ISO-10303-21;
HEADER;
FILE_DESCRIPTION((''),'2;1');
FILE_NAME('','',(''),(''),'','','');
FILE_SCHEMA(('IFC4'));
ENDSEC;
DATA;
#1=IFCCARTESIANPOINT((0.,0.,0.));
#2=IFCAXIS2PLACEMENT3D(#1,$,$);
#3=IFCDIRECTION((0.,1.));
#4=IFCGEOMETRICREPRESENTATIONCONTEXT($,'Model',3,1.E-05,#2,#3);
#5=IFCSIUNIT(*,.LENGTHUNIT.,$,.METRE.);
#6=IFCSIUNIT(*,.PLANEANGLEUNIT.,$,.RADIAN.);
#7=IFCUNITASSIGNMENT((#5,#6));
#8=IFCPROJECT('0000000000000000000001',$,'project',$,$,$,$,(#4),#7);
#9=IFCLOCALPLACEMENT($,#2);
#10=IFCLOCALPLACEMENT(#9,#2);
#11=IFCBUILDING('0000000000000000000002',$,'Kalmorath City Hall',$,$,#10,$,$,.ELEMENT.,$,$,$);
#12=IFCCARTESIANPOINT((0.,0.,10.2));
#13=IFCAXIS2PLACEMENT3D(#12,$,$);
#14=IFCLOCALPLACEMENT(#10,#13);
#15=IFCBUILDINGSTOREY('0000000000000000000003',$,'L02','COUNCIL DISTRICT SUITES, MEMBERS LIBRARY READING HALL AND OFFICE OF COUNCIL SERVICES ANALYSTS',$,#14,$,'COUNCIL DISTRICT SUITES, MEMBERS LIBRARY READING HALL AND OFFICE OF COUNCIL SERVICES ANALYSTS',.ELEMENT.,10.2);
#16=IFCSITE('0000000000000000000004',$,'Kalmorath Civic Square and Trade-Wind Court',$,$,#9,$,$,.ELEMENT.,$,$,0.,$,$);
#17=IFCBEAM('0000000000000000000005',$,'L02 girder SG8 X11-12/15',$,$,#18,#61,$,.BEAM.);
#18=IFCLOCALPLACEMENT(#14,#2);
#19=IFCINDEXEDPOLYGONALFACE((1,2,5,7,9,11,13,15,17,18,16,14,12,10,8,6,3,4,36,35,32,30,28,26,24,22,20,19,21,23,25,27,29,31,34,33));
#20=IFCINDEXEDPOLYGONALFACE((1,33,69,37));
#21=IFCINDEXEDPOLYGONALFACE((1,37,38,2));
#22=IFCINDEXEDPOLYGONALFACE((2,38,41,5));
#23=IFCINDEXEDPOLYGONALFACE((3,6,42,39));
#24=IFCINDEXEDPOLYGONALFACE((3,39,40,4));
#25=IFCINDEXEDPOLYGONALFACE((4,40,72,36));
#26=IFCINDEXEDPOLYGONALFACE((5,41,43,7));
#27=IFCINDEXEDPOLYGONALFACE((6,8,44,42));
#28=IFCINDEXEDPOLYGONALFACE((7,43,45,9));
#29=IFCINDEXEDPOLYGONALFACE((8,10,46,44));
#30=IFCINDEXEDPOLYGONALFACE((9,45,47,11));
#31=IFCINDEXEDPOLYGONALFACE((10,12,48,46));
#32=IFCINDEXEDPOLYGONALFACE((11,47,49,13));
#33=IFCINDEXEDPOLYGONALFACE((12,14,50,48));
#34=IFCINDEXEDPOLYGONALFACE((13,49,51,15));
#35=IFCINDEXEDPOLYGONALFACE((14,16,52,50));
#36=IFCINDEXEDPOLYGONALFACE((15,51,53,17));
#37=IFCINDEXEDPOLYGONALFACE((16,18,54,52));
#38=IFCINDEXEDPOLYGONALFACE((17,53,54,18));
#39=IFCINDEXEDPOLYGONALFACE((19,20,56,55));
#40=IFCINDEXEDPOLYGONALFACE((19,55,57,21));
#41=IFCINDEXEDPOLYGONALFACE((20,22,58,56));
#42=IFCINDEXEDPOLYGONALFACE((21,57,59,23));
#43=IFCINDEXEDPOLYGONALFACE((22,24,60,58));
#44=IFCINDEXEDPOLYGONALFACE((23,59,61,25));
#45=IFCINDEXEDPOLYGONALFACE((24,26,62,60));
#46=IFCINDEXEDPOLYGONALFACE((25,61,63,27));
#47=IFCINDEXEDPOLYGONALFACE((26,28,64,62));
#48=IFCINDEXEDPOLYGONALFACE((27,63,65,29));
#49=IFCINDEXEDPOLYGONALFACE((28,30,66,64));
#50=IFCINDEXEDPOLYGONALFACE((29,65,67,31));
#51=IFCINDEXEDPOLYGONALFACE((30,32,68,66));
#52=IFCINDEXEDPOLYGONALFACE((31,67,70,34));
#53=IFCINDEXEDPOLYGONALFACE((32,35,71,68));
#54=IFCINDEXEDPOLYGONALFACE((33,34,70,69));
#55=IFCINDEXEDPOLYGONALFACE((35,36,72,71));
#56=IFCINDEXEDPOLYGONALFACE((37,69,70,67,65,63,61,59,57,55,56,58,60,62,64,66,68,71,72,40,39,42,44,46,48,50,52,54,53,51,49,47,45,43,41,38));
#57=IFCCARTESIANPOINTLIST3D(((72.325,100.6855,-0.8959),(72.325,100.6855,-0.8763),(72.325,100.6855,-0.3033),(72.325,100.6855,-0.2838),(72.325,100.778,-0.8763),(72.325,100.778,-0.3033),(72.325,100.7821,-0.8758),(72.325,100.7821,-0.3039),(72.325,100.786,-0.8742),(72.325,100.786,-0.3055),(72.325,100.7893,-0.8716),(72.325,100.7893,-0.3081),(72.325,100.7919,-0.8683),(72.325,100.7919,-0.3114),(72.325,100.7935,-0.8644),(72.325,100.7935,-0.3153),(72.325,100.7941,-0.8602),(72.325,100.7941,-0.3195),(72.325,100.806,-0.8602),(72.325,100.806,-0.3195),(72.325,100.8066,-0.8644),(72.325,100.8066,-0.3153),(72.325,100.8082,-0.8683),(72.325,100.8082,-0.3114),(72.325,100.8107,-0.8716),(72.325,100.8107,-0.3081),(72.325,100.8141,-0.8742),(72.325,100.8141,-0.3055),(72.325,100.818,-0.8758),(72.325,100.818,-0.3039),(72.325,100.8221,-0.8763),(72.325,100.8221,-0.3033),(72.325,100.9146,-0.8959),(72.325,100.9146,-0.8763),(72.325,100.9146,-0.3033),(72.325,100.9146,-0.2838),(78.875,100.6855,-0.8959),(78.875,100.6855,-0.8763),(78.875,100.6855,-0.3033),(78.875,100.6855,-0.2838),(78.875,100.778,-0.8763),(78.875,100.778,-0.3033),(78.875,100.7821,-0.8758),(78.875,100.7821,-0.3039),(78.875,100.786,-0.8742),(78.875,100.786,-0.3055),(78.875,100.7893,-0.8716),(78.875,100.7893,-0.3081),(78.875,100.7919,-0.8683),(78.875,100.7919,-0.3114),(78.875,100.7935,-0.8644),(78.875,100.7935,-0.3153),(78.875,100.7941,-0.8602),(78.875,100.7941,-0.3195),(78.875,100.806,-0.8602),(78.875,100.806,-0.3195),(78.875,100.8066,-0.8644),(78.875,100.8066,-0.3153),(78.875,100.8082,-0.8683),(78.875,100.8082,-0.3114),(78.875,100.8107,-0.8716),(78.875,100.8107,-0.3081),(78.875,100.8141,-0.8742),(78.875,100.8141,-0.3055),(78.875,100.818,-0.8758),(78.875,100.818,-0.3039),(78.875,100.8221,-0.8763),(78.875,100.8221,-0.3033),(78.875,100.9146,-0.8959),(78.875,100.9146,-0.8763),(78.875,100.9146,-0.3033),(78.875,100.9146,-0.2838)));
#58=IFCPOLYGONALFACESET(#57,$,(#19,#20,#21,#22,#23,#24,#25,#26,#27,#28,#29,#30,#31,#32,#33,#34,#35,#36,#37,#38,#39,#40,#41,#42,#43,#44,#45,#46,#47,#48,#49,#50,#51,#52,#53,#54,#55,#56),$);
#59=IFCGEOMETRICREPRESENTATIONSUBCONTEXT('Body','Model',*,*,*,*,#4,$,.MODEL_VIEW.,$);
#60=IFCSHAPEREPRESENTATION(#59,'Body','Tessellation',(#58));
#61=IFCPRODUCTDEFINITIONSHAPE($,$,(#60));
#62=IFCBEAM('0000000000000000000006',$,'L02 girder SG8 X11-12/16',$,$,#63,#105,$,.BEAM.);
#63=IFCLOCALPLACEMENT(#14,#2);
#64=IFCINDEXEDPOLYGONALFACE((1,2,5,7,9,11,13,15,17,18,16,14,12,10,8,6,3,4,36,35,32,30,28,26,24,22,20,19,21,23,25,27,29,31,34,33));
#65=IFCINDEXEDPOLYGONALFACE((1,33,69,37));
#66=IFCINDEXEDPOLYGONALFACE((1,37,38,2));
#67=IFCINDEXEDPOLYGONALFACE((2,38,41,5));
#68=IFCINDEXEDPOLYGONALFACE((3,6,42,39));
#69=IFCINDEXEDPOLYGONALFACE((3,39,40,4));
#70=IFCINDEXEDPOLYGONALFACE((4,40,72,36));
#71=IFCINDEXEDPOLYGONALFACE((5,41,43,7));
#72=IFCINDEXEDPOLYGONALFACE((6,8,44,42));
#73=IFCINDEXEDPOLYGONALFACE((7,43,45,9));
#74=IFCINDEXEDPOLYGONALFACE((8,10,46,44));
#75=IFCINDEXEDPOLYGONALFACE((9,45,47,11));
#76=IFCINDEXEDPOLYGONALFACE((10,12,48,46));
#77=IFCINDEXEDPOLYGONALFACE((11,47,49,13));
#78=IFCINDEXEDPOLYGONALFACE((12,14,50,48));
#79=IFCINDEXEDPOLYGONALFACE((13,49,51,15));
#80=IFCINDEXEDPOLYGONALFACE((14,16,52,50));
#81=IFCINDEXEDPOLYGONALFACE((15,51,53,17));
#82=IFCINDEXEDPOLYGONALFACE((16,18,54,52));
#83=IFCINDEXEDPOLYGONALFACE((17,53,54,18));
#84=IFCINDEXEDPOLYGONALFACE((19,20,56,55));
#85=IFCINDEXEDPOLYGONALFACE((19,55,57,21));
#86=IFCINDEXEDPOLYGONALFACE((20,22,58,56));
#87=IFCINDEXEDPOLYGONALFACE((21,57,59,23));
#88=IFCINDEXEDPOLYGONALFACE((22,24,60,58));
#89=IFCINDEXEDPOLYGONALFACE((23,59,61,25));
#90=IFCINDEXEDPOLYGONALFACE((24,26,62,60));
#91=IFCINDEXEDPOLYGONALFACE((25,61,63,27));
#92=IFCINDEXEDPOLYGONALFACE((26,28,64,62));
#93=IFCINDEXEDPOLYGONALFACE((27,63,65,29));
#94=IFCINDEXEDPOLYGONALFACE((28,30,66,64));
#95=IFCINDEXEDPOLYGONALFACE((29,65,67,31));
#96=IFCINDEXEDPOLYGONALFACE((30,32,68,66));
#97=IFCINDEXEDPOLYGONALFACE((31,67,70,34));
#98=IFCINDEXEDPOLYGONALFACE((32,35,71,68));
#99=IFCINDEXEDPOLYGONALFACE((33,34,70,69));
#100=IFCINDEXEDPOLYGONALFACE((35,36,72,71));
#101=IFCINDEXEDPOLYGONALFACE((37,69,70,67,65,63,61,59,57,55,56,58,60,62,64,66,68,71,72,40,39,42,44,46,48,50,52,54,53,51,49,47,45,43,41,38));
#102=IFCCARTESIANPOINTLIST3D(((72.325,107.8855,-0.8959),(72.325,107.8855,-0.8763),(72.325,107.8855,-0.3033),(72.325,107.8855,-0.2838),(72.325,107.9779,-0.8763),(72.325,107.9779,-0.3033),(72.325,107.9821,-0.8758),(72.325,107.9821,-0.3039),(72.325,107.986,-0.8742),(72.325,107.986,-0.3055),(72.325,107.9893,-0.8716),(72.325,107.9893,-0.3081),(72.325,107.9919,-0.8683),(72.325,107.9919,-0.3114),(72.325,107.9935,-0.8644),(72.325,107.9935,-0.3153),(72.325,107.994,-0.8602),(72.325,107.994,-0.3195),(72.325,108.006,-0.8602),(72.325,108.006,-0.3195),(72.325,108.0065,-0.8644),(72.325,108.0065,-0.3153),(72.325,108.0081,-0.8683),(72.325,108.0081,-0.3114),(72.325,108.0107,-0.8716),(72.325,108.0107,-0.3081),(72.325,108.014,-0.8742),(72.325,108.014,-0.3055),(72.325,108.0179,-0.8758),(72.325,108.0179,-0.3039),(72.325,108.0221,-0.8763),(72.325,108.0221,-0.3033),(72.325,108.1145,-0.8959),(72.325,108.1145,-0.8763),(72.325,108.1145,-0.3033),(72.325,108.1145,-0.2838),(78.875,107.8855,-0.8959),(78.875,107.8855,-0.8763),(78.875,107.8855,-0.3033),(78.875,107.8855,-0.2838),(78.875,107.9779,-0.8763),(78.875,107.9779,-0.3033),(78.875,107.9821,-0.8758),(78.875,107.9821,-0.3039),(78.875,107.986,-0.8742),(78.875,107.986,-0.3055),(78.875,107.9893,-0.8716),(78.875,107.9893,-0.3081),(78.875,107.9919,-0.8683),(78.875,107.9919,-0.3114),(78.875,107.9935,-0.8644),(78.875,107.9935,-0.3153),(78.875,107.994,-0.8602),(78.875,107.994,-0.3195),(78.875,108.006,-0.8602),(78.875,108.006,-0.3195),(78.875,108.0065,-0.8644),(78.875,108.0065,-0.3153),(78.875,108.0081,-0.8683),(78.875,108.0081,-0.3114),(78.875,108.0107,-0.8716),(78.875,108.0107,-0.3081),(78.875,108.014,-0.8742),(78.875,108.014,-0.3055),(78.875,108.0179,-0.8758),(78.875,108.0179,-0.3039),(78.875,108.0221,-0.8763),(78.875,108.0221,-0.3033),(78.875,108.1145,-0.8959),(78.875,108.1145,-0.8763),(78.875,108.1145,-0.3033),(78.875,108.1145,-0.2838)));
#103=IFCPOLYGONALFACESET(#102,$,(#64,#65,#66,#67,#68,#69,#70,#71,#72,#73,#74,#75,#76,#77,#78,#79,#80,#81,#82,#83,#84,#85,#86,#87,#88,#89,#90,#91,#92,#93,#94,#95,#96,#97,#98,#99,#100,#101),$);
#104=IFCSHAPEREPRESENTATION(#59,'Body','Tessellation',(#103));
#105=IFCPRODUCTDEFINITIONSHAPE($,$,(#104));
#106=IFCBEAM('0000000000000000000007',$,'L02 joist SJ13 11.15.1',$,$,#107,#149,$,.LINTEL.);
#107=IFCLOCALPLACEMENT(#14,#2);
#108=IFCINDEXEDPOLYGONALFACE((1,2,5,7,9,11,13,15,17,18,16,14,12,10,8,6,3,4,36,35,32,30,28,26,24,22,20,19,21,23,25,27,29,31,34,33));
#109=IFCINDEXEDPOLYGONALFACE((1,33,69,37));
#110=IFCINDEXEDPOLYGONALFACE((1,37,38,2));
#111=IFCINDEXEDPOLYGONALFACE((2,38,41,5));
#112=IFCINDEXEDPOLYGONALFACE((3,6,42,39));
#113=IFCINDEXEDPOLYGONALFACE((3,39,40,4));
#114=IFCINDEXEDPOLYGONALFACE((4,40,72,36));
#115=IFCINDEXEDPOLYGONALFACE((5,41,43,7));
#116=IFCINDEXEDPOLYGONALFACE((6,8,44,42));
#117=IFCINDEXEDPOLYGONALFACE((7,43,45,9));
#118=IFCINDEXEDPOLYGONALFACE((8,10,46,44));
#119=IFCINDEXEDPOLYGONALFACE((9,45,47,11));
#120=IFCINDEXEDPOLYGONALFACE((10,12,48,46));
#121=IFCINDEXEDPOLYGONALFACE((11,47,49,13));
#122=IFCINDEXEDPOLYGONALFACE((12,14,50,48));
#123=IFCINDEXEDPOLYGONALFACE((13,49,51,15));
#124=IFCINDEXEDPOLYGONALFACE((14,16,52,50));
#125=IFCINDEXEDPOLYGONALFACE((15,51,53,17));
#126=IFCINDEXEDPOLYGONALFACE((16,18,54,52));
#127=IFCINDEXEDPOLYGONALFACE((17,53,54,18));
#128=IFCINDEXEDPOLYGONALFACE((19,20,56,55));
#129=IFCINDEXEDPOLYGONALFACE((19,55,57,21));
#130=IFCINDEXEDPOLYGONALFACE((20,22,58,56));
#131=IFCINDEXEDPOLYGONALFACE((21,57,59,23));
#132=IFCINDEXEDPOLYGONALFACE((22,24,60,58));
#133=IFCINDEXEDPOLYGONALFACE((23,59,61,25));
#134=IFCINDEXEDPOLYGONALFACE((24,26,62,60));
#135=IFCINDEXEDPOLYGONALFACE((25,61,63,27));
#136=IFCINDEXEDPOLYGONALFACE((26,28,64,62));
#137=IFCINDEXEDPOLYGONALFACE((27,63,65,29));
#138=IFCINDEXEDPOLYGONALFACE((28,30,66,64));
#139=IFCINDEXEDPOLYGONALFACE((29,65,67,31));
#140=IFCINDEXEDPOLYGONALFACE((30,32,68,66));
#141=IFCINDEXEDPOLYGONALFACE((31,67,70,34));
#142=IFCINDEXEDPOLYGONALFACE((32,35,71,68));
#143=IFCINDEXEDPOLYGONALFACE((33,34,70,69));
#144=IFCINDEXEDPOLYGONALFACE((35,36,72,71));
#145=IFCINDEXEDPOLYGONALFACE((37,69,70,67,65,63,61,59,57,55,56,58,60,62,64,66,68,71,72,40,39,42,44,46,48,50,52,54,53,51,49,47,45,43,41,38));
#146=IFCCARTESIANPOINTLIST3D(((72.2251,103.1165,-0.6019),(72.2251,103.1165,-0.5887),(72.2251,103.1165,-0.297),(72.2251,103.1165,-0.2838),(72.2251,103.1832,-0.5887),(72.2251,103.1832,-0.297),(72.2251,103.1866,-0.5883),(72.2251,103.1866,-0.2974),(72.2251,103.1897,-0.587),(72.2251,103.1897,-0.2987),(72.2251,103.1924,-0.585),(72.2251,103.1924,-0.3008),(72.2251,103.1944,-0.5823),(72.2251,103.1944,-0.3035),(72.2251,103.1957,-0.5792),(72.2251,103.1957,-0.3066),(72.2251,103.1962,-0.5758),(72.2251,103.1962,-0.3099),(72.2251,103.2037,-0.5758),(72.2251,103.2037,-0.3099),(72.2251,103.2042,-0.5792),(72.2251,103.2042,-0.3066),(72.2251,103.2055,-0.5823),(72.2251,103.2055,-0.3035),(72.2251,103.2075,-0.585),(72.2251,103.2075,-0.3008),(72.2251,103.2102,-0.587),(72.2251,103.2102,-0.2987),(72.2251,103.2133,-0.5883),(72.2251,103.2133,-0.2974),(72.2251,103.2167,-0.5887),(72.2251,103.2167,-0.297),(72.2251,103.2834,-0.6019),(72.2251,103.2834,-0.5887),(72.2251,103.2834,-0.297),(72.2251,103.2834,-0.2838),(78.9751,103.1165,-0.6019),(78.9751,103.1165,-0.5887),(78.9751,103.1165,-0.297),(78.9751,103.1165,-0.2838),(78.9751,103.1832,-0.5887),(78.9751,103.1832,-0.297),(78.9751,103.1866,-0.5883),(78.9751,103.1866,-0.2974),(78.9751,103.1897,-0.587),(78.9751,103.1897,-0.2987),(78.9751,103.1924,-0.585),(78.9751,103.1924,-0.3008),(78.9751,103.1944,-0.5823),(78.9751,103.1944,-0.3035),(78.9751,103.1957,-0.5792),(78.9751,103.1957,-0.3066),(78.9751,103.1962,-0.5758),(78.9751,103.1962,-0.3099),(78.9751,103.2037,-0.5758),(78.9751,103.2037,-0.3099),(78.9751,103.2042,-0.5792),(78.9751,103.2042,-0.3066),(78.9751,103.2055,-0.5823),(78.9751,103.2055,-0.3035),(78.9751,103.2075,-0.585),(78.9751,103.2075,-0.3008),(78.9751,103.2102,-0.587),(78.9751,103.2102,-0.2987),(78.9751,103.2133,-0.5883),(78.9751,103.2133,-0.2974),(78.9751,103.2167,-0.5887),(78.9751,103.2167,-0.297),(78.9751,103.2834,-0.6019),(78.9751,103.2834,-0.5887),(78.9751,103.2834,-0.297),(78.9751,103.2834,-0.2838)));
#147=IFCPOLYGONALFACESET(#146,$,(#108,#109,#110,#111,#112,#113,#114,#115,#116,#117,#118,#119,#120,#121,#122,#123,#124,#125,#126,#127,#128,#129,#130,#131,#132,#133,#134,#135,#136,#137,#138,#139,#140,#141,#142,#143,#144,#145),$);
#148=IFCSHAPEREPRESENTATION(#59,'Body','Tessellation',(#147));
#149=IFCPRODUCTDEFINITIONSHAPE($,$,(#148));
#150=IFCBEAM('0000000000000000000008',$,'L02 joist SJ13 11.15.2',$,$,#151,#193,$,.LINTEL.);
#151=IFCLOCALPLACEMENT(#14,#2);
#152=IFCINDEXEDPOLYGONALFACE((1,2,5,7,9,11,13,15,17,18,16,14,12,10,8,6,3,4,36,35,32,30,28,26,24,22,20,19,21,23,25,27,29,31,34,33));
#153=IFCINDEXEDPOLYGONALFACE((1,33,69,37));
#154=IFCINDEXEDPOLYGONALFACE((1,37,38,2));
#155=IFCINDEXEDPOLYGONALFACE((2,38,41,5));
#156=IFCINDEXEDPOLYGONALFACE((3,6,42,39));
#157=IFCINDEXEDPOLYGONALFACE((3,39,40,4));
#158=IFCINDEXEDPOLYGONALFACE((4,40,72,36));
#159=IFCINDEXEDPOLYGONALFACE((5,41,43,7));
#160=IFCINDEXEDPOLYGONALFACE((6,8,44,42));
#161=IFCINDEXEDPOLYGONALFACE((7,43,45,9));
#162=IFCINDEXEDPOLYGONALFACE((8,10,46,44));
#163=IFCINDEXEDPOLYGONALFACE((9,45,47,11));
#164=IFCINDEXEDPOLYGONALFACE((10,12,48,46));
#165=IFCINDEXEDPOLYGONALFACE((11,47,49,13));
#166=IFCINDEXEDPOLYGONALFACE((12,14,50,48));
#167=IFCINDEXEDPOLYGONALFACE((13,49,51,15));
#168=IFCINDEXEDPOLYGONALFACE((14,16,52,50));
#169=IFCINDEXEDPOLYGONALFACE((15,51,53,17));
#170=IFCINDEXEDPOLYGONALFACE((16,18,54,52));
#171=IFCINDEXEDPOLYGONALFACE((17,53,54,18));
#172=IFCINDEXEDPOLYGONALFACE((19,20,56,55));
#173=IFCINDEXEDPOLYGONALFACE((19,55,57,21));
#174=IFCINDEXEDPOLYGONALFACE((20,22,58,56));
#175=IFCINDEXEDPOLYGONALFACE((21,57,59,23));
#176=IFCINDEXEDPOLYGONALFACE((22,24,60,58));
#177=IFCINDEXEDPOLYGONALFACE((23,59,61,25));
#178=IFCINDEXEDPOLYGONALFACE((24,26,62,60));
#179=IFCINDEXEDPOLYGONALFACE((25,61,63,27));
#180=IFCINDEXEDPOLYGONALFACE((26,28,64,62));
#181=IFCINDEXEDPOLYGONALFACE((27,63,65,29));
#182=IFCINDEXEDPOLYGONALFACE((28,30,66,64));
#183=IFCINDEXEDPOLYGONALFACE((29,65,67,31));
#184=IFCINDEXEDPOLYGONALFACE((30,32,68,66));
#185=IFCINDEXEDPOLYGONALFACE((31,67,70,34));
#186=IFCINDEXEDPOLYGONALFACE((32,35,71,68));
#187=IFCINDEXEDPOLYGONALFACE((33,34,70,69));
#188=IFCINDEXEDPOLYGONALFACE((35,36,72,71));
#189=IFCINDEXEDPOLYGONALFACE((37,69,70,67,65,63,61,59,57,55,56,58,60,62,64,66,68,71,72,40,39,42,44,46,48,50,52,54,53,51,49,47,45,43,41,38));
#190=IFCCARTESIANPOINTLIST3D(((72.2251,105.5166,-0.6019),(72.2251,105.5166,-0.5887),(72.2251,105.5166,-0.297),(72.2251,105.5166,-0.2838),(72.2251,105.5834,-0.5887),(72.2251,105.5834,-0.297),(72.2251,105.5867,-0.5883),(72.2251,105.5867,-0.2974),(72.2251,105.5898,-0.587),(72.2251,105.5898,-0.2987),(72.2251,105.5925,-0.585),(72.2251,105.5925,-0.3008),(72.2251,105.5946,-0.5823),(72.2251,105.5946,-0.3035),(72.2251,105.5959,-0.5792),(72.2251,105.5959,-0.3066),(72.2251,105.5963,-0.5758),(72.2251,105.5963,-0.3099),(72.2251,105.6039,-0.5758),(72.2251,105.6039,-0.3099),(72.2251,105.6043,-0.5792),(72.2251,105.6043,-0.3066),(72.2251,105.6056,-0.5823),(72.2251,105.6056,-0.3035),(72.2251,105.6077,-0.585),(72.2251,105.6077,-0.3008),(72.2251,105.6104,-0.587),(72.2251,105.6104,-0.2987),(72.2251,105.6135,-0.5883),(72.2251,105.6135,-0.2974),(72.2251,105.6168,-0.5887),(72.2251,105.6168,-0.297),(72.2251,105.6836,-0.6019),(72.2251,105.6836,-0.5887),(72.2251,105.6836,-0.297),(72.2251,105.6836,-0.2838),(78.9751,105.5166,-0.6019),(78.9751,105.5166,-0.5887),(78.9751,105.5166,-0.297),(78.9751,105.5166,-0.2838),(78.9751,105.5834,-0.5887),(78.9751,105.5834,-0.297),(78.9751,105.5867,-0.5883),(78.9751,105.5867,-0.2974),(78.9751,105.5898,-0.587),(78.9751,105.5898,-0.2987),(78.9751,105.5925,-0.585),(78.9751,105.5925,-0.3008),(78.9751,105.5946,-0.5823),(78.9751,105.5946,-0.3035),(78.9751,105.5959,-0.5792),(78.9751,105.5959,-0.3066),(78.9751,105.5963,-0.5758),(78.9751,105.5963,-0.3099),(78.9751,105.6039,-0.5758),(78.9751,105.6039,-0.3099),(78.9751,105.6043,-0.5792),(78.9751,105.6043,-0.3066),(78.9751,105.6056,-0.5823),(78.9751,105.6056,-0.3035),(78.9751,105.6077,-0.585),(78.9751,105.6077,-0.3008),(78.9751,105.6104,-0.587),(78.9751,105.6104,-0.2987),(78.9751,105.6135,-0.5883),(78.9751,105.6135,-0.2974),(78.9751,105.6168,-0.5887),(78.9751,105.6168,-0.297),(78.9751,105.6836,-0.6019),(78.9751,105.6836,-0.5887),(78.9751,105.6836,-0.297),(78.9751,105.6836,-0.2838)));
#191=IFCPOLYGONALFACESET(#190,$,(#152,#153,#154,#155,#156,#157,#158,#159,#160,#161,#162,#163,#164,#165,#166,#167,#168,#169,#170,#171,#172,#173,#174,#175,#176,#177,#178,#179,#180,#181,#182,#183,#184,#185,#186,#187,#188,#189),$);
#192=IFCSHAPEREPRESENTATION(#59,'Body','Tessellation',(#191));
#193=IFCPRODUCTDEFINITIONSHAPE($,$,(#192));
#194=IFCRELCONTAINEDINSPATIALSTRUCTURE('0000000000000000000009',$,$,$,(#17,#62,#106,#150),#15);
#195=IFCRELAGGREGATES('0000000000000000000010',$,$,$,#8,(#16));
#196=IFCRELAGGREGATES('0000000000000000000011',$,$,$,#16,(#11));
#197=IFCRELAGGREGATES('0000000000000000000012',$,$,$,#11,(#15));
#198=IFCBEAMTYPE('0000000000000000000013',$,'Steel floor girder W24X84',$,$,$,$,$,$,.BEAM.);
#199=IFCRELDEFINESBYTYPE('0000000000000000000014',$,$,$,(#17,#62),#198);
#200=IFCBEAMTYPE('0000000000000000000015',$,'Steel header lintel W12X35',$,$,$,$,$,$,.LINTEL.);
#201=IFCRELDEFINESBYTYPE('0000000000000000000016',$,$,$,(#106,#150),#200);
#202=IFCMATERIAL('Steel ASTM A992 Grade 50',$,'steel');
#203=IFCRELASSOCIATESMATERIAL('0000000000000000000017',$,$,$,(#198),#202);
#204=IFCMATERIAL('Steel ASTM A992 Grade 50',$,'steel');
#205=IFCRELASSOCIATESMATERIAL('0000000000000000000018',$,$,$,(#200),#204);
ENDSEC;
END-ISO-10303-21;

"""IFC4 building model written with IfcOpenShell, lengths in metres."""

from ifc_helpers import new_model, si_unit, direction, frame, origin, origin_2d, place, context, subcontext, project, spatial, i_section, extrude, material, material_profile, profile_set, type_object, element, save


model = new_model("IFC4")

# Units and contexts
model_context = context("Model", 3, precision=1e-05, world=origin(), true_north=direction((0.0, 1.0)))
body_context = subcontext(model_context, "Body", "Model", "MODEL_VIEW")
ifc_project = project(units=[si_unit("LENGTHUNIT", "METRE"), si_unit("PLANEANGLEUNIT", "RADIAN")], contexts=[model_context])

# Site, building, storey
site_placement = place(None, origin())
site = spatial("IfcSite", under=ifc_project, at=site_placement, Name="Kalmorath Civic Square and Trade-Wind Court", CompositionType="ELEMENT", RefElevation=0.0)
building_placement = place(site_placement, origin())
building = spatial("IfcBuilding", under=site, at=building_placement, Name="Kalmorath City Hall", CompositionType="ELEMENT")
storey_placement = place(building_placement, frame((0.0, 0.0, 10.2)))
storey = spatial("IfcBuildingStorey", under=building, at=storey_placement, Name="L02", Description="COUNCIL DISTRICT SUITES, MEMBERS LIBRARY READING HALL AND OFFICE OF COUNCIL SERVICES ANALYSTS", LongName="COUNCIL DISTRICT SUITES, MEMBERS LIBRARY READING HALL AND OFFICE OF COUNCIL SERVICES ANALYSTS", CompositionType="ELEMENT", Elevation=10.2)

# Beams
ifc_material_1 = material(Name="Steel ASTM A992 Grade 50", Category="steel")
ifc_material_profile_1 = material_profile(ifc_material_1, i_section(OverallWidth=0.229, OverallDepth=0.6121, WebThickness=0.012, FlangeThickness=0.0195, FilletRadius=0.0161, at=origin_2d()), Name="W24X84")
ifc_profile_set_1 = profile_set([ifc_material_profile_1], Name="Steel ASTM A992 Grade 50")
beam_type_1 = type_object("IfcBeamType", Name="Steel floor girder W24X84", PredefinedType="BEAM", material=ifc_profile_set_1)
for number, where, z_axis, x_axis, name in (
    (1, (72.325, 100.8, -0.5898), (1.0, 0.0, 0.0), (0.0, 1.0, 0.0), "L02 girder SG8 X11-12/15"),
    (2, (72.325, 108.0, -0.5898), (1.0, 0.0, 0.0), (0.0, 1.0, 0.0), "L02 girder SG8 X11-12/16"),
):
    element("IfcBeam", number, at=place(storey_placement, frame(where, z_axis=z_axis, x_axis=x_axis)), inside=storey, type_object=beam_type_1, Name=name, PredefinedType="BEAM", context=body_context, shape_type="SweptSolid", body=[
        extrude(i_section(OverallWidth=0.229, OverallDepth=0.6121, WebThickness=0.012, FlangeThickness=0.0195, FilletRadius=0.0161, at=origin_2d()), origin(), (0.0, 0.0, 1.0), 6.55),
    ])
ifc_material_2 = material(Name="Steel ASTM A992 Grade 50", Category="steel")
ifc_material_profile_2 = material_profile(ifc_material_2, i_section(OverallWidth=0.167, OverallDepth=0.3181, WebThickness=0.0076, FlangeThickness=0.0132, FilletRadius=0.0129, at=origin_2d()), Name="W12X35")
ifc_profile_set_2 = profile_set([ifc_material_profile_2], Name="Steel ASTM A992 Grade 50")
beam_type_2 = type_object("IfcBeamType", Name="Steel header lintel W12X35", PredefinedType="LINTEL", material=ifc_profile_set_2)
for number, where, z_axis, x_axis, name in (
    (3, (72.2251, 103.2, -0.4429), (1.0, 0.0, 0.0), (0.0, 1.0, 0.0), "L02 joist SJ13 11.15.1"),
    (4, (72.2251, 105.6001, -0.4429), (1.0, 0.0, 0.0), (0.0, 1.0, 0.0), "L02 joist SJ13 11.15.2"),
):
    element("IfcBeam", number, at=place(storey_placement, frame(where, z_axis=z_axis, x_axis=x_axis)), inside=storey, type_object=beam_type_2, Name=name, PredefinedType="LINTEL", context=body_context, shape_type="SweptSolid", body=[
        extrude(i_section(OverallWidth=0.167, OverallDepth=0.3181, WebThickness=0.0076, FlangeThickness=0.0132, FilletRadius=0.0129, at=origin_2d()), origin(), (0.0, 0.0, 1.0), 6.75),
    ])

save(model, "model.ifc")
